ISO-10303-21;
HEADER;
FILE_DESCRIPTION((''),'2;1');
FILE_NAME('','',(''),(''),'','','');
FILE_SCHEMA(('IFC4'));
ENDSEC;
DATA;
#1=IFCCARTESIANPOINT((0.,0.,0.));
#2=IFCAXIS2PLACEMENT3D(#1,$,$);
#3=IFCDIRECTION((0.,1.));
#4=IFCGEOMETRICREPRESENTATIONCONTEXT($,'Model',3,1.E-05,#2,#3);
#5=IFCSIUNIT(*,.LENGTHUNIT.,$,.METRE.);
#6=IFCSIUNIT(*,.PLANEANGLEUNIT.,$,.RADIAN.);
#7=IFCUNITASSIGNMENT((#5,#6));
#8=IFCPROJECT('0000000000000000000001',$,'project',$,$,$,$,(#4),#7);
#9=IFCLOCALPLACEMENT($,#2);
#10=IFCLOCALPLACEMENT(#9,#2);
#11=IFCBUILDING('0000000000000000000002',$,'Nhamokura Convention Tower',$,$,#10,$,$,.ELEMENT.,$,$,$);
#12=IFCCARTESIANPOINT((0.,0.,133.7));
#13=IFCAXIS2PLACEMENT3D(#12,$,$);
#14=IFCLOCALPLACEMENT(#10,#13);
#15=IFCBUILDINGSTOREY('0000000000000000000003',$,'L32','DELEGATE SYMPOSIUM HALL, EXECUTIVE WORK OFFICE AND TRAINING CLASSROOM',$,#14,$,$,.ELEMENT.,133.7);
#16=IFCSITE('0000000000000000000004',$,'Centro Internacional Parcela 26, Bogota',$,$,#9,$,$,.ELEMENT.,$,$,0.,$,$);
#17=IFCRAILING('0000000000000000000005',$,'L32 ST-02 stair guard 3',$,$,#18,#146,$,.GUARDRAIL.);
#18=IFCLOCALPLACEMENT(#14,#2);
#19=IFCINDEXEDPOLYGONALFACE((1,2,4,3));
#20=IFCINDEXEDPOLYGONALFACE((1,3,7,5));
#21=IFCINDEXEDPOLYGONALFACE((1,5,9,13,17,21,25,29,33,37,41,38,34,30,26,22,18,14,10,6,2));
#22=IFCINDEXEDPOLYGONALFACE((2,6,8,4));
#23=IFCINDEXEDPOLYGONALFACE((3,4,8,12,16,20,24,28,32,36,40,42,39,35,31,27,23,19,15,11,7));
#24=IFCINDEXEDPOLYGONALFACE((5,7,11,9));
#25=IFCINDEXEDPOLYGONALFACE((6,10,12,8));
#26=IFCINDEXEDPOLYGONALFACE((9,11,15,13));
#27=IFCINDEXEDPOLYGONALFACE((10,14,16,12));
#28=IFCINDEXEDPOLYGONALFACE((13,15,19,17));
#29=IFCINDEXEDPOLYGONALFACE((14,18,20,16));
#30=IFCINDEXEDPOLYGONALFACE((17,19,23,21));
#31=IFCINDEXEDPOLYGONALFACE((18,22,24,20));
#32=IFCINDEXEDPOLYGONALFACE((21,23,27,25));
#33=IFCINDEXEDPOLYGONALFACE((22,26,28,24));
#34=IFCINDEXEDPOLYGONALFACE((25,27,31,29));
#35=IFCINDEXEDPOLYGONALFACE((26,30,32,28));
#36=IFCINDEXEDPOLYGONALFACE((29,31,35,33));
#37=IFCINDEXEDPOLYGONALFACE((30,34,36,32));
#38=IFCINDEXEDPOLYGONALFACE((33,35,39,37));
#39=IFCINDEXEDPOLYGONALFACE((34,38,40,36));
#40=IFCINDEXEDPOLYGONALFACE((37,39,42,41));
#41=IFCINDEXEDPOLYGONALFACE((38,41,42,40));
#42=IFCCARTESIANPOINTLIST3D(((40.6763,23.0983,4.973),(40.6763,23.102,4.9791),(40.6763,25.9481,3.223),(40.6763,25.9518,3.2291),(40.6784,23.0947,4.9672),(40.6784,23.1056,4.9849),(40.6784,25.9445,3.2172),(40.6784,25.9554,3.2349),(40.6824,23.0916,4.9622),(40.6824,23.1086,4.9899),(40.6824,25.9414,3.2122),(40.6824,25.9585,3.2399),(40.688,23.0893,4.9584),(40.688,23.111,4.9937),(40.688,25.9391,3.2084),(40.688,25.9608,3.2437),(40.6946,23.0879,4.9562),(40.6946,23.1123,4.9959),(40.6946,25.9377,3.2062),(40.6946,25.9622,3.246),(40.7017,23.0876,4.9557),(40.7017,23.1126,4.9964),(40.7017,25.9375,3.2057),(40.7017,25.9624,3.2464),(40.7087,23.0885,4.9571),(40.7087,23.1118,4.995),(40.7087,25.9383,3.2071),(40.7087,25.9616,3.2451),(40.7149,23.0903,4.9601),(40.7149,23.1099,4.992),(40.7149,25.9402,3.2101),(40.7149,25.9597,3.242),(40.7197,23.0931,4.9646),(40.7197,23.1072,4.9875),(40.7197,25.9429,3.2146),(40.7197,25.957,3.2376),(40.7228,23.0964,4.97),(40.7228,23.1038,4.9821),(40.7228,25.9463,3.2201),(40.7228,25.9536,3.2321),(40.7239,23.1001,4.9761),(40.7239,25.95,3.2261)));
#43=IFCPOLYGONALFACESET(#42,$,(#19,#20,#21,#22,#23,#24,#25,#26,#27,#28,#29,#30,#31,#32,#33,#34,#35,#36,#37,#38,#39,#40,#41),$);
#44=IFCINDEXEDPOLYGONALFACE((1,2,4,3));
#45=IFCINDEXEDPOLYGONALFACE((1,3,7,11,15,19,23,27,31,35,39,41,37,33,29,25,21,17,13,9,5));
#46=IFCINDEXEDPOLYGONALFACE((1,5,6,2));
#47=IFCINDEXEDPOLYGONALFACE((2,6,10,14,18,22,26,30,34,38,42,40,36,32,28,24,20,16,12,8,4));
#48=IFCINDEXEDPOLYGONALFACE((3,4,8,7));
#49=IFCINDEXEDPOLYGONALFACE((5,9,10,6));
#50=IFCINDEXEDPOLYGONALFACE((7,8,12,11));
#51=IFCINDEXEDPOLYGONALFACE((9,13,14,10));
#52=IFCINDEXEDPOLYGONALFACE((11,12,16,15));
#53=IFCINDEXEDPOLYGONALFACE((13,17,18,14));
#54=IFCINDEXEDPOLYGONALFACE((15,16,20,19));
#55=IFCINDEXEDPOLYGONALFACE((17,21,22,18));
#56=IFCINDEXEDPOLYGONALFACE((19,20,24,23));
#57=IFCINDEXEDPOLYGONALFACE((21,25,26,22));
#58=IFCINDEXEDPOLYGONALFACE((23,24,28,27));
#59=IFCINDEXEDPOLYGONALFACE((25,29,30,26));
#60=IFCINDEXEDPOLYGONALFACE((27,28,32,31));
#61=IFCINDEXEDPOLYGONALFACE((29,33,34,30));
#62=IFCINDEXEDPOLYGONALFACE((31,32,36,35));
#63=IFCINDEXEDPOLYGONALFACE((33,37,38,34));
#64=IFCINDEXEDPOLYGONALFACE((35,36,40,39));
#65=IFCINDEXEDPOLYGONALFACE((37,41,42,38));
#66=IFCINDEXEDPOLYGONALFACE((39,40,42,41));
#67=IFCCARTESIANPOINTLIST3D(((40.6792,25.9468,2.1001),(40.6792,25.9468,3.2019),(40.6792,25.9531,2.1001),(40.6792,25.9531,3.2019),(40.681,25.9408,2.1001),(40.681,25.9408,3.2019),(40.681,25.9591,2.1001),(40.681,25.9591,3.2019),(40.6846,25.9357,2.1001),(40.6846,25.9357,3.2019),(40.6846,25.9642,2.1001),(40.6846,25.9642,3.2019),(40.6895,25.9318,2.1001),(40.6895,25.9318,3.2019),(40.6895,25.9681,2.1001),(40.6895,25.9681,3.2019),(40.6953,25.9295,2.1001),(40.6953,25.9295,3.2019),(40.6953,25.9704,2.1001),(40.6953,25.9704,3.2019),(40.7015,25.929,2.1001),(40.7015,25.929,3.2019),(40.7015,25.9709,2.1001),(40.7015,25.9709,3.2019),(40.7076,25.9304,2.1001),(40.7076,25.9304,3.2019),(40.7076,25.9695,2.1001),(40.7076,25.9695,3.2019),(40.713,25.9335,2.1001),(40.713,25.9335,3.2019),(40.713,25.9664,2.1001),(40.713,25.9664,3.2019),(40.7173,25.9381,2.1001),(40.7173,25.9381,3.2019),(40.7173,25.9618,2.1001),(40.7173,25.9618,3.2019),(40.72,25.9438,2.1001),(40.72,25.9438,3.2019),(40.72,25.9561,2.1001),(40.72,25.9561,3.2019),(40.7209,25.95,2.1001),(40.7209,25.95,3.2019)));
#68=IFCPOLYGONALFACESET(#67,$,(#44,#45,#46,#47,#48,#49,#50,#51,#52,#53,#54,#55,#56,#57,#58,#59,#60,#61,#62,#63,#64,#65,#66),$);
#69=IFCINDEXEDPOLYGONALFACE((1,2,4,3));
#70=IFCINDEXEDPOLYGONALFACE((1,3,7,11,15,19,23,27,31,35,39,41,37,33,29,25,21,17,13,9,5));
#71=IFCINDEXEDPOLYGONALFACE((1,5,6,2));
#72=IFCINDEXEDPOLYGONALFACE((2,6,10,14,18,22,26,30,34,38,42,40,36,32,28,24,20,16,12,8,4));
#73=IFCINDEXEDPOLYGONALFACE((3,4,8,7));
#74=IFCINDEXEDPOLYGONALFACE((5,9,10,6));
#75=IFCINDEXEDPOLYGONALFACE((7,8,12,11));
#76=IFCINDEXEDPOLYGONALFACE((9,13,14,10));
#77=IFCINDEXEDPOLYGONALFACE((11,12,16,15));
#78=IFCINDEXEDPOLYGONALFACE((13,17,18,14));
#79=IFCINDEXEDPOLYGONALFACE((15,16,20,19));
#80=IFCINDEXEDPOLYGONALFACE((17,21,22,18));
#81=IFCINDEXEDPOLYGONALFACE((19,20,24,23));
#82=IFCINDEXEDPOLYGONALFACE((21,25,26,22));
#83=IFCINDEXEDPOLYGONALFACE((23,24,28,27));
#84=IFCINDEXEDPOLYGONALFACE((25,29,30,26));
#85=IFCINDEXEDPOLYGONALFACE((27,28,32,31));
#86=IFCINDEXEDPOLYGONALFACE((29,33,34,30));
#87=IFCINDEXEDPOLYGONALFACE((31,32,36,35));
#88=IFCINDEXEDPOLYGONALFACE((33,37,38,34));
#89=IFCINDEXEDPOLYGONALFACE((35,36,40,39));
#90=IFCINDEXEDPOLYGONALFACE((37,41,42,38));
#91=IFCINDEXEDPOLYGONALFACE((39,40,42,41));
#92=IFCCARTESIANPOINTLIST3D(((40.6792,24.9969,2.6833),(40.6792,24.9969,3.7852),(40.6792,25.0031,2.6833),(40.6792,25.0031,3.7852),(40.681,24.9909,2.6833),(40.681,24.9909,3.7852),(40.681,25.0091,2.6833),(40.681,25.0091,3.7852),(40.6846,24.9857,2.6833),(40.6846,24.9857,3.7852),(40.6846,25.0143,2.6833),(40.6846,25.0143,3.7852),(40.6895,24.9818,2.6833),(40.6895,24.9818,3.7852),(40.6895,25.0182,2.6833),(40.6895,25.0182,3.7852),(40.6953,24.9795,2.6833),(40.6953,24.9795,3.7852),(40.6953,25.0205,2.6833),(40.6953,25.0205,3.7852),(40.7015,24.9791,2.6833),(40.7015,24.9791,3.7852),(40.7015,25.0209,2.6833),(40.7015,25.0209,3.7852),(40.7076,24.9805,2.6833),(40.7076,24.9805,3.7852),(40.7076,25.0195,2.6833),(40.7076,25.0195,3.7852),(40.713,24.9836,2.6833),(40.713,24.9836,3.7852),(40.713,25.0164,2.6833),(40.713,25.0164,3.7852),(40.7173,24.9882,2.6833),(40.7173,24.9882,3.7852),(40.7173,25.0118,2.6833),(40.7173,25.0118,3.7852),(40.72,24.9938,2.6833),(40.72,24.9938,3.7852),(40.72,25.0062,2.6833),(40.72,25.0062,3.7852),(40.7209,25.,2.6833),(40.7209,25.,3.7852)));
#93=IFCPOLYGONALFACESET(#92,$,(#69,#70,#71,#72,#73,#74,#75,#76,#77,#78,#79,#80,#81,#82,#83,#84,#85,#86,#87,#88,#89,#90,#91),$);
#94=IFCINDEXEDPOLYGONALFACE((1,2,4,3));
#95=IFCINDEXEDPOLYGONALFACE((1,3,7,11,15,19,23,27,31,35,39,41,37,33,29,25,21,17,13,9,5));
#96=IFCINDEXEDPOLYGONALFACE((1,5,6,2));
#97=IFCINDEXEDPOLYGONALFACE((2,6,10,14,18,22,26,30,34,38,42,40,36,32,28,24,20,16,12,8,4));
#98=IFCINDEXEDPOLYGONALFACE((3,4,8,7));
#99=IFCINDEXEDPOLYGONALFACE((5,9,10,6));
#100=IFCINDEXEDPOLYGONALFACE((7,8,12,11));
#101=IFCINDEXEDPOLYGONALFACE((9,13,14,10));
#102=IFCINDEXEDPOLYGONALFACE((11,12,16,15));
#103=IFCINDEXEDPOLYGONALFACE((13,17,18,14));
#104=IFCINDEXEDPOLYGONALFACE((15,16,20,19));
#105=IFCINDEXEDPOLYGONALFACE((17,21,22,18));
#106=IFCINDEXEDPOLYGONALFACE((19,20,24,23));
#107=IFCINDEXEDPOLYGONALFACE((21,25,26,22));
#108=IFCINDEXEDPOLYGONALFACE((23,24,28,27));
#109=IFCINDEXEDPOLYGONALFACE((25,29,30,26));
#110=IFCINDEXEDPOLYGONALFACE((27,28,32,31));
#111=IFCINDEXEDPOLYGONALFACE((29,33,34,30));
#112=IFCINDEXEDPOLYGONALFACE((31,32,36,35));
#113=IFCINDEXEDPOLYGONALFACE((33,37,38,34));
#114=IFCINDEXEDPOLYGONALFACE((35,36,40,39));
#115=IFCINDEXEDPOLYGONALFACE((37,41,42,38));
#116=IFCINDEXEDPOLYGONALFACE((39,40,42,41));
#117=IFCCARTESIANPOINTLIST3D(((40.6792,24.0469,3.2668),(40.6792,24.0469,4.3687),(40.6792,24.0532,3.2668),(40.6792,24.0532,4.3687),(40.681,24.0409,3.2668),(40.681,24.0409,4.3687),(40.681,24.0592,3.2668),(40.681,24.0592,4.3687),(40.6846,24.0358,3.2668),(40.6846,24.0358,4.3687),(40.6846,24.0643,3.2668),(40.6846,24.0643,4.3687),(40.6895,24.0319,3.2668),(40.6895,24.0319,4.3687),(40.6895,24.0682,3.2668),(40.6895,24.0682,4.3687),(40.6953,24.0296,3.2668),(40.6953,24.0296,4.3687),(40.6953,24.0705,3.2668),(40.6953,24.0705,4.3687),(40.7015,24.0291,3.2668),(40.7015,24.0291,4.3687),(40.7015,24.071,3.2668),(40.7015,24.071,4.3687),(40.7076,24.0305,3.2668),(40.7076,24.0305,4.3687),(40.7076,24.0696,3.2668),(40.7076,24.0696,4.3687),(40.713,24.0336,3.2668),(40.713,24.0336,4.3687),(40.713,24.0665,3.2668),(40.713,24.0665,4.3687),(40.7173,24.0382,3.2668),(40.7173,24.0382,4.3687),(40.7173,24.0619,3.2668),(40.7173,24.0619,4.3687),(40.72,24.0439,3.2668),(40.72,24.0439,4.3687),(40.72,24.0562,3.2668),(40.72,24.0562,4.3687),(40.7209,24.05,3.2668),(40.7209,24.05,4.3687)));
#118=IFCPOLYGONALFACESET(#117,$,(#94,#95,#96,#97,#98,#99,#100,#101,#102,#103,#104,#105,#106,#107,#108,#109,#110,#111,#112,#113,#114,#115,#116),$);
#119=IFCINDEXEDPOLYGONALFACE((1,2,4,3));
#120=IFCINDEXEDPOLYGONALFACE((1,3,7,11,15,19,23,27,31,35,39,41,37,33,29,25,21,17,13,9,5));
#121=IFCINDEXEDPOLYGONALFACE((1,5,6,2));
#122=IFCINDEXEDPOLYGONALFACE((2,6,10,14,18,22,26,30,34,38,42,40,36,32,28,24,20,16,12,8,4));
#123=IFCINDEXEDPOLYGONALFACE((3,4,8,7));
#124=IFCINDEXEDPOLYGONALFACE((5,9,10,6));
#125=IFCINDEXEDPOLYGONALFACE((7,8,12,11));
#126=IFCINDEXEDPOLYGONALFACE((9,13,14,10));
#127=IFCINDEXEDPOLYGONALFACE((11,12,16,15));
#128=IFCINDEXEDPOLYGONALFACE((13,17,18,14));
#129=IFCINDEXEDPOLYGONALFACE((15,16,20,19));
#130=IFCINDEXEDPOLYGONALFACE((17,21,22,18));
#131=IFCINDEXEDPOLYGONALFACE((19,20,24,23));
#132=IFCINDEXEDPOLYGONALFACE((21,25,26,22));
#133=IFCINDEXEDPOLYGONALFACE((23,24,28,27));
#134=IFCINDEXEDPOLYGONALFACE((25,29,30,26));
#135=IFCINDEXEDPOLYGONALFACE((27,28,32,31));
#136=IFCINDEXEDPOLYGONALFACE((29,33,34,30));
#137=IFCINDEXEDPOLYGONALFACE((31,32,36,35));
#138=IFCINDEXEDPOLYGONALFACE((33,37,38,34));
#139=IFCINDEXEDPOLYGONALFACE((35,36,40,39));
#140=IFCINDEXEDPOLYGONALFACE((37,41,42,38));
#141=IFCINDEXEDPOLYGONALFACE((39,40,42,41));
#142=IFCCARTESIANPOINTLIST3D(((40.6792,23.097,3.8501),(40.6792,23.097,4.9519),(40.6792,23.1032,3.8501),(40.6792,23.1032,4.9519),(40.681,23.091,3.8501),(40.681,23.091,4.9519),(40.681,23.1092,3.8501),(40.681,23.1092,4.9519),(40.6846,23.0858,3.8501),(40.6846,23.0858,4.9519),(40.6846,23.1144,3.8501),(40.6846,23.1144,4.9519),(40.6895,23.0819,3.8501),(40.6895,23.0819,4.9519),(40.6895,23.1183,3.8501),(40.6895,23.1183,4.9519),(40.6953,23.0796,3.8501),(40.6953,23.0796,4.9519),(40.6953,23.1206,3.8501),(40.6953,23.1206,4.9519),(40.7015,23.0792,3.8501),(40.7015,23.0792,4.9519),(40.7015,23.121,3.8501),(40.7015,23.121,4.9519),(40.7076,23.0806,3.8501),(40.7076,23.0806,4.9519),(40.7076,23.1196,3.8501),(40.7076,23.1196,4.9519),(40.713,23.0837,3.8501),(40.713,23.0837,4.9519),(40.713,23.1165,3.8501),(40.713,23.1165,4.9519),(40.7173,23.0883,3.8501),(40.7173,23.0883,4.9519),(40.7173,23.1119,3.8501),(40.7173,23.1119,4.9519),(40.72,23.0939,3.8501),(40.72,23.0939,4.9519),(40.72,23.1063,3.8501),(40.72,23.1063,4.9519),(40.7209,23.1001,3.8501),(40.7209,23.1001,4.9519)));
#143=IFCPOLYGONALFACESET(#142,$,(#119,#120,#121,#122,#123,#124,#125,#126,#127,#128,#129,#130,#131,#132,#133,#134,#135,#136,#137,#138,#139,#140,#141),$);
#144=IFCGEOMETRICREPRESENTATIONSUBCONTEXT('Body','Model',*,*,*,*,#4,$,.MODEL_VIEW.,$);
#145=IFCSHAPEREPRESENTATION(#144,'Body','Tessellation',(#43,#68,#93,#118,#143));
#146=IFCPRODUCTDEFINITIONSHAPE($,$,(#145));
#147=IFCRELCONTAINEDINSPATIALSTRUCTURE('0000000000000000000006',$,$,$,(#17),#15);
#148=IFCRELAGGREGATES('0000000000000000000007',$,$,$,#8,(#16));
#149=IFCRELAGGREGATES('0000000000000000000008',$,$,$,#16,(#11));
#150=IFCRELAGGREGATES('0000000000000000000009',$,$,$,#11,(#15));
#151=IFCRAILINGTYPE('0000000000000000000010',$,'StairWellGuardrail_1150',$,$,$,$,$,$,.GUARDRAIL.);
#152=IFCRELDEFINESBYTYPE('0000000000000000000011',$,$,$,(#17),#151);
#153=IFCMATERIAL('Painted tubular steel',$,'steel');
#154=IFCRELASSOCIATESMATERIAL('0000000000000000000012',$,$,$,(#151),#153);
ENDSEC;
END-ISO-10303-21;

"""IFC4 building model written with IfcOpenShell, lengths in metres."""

from ifc_helpers import new_model, si_unit, direction, frame, origin, origin_2d, place, context, subcontext, project, spatial, circle, extrude, material, type_object, element, save


model = new_model("IFC4")

# Units and contexts
model_context = context("Model", 3, precision=1e-05, world=origin(), true_north=direction((0.0, 1.0)))
body_context = subcontext(model_context, "Body", "Model", "MODEL_VIEW")
ifc_project = project(units=[si_unit("LENGTHUNIT", "METRE"), si_unit("PLANEANGLEUNIT", "RADIAN")], contexts=[model_context])

# Site, building, storey
site_placement = place(None, origin())
site = spatial("IfcSite", under=ifc_project, at=site_placement, Name="Centro Internacional Parcela 26, Bogota", CompositionType="ELEMENT", RefElevation=0.0)
building_placement = place(site_placement, origin())
building = spatial("IfcBuilding", under=site, at=building_placement, Name="Nhamokura Convention Tower", CompositionType="ELEMENT")
storey_placement = place(building_placement, frame((0.0, 0.0, 133.7)))
storey = spatial("IfcBuildingStorey", under=building, at=storey_placement, Name="L32", Description="DELEGATE SYMPOSIUM HALL, EXECUTIVE WORK OFFICE AND TRAINING CLASSROOM", CompositionType="ELEMENT", Elevation=133.7)

# Railing
ifc_material_1 = material(Name="Painted tubular steel", Category="steel")
railing_type_1 = type_object("IfcRailingType", Name="StairWellGuardrail_1150", PredefinedType="GUARDRAIL", material=ifc_material_1)
railing_1_placement = place(storey_placement, frame((40.7, 25.95, 2.1001)))
element("IfcRailing", 1, at=railing_1_placement, inside=storey, type_object=railing_type_1, Name="L32 ST-02 stair guard 3", PredefinedType="GUARDRAIL", context=body_context, shape_type="SweptSolid", body=[
    extrude(circle(Radius=0.0239, at=origin_2d()), frame((0.0, 0.0, 1.126), z_axis=(0.0, -0.852159, 0.523283), x_axis=(1.0, 0.0, 0.0)), (0.0, 0.0, 1.0), 3.3442),
    extrude(circle(Radius=0.021, at=origin_2d()), origin(), (0.0, 0.0, 1.0), 1.1018),
    extrude(circle(Radius=0.021, at=origin_2d()), frame((0.0, -0.95, 0.5833)), (0.0, 0.0, 1.0), 1.1018),
    extrude(circle(Radius=0.021, at=origin_2d()), frame((0.0, -1.8999, 1.1667)), (0.0, 0.0, 1.0), 1.1018),
    extrude(circle(Radius=0.021, at=origin_2d()), frame((0.0, -2.8499, 1.75)), (0.0, 0.0, 1.0), 1.1018),
])

save(model, "model.ifc")
